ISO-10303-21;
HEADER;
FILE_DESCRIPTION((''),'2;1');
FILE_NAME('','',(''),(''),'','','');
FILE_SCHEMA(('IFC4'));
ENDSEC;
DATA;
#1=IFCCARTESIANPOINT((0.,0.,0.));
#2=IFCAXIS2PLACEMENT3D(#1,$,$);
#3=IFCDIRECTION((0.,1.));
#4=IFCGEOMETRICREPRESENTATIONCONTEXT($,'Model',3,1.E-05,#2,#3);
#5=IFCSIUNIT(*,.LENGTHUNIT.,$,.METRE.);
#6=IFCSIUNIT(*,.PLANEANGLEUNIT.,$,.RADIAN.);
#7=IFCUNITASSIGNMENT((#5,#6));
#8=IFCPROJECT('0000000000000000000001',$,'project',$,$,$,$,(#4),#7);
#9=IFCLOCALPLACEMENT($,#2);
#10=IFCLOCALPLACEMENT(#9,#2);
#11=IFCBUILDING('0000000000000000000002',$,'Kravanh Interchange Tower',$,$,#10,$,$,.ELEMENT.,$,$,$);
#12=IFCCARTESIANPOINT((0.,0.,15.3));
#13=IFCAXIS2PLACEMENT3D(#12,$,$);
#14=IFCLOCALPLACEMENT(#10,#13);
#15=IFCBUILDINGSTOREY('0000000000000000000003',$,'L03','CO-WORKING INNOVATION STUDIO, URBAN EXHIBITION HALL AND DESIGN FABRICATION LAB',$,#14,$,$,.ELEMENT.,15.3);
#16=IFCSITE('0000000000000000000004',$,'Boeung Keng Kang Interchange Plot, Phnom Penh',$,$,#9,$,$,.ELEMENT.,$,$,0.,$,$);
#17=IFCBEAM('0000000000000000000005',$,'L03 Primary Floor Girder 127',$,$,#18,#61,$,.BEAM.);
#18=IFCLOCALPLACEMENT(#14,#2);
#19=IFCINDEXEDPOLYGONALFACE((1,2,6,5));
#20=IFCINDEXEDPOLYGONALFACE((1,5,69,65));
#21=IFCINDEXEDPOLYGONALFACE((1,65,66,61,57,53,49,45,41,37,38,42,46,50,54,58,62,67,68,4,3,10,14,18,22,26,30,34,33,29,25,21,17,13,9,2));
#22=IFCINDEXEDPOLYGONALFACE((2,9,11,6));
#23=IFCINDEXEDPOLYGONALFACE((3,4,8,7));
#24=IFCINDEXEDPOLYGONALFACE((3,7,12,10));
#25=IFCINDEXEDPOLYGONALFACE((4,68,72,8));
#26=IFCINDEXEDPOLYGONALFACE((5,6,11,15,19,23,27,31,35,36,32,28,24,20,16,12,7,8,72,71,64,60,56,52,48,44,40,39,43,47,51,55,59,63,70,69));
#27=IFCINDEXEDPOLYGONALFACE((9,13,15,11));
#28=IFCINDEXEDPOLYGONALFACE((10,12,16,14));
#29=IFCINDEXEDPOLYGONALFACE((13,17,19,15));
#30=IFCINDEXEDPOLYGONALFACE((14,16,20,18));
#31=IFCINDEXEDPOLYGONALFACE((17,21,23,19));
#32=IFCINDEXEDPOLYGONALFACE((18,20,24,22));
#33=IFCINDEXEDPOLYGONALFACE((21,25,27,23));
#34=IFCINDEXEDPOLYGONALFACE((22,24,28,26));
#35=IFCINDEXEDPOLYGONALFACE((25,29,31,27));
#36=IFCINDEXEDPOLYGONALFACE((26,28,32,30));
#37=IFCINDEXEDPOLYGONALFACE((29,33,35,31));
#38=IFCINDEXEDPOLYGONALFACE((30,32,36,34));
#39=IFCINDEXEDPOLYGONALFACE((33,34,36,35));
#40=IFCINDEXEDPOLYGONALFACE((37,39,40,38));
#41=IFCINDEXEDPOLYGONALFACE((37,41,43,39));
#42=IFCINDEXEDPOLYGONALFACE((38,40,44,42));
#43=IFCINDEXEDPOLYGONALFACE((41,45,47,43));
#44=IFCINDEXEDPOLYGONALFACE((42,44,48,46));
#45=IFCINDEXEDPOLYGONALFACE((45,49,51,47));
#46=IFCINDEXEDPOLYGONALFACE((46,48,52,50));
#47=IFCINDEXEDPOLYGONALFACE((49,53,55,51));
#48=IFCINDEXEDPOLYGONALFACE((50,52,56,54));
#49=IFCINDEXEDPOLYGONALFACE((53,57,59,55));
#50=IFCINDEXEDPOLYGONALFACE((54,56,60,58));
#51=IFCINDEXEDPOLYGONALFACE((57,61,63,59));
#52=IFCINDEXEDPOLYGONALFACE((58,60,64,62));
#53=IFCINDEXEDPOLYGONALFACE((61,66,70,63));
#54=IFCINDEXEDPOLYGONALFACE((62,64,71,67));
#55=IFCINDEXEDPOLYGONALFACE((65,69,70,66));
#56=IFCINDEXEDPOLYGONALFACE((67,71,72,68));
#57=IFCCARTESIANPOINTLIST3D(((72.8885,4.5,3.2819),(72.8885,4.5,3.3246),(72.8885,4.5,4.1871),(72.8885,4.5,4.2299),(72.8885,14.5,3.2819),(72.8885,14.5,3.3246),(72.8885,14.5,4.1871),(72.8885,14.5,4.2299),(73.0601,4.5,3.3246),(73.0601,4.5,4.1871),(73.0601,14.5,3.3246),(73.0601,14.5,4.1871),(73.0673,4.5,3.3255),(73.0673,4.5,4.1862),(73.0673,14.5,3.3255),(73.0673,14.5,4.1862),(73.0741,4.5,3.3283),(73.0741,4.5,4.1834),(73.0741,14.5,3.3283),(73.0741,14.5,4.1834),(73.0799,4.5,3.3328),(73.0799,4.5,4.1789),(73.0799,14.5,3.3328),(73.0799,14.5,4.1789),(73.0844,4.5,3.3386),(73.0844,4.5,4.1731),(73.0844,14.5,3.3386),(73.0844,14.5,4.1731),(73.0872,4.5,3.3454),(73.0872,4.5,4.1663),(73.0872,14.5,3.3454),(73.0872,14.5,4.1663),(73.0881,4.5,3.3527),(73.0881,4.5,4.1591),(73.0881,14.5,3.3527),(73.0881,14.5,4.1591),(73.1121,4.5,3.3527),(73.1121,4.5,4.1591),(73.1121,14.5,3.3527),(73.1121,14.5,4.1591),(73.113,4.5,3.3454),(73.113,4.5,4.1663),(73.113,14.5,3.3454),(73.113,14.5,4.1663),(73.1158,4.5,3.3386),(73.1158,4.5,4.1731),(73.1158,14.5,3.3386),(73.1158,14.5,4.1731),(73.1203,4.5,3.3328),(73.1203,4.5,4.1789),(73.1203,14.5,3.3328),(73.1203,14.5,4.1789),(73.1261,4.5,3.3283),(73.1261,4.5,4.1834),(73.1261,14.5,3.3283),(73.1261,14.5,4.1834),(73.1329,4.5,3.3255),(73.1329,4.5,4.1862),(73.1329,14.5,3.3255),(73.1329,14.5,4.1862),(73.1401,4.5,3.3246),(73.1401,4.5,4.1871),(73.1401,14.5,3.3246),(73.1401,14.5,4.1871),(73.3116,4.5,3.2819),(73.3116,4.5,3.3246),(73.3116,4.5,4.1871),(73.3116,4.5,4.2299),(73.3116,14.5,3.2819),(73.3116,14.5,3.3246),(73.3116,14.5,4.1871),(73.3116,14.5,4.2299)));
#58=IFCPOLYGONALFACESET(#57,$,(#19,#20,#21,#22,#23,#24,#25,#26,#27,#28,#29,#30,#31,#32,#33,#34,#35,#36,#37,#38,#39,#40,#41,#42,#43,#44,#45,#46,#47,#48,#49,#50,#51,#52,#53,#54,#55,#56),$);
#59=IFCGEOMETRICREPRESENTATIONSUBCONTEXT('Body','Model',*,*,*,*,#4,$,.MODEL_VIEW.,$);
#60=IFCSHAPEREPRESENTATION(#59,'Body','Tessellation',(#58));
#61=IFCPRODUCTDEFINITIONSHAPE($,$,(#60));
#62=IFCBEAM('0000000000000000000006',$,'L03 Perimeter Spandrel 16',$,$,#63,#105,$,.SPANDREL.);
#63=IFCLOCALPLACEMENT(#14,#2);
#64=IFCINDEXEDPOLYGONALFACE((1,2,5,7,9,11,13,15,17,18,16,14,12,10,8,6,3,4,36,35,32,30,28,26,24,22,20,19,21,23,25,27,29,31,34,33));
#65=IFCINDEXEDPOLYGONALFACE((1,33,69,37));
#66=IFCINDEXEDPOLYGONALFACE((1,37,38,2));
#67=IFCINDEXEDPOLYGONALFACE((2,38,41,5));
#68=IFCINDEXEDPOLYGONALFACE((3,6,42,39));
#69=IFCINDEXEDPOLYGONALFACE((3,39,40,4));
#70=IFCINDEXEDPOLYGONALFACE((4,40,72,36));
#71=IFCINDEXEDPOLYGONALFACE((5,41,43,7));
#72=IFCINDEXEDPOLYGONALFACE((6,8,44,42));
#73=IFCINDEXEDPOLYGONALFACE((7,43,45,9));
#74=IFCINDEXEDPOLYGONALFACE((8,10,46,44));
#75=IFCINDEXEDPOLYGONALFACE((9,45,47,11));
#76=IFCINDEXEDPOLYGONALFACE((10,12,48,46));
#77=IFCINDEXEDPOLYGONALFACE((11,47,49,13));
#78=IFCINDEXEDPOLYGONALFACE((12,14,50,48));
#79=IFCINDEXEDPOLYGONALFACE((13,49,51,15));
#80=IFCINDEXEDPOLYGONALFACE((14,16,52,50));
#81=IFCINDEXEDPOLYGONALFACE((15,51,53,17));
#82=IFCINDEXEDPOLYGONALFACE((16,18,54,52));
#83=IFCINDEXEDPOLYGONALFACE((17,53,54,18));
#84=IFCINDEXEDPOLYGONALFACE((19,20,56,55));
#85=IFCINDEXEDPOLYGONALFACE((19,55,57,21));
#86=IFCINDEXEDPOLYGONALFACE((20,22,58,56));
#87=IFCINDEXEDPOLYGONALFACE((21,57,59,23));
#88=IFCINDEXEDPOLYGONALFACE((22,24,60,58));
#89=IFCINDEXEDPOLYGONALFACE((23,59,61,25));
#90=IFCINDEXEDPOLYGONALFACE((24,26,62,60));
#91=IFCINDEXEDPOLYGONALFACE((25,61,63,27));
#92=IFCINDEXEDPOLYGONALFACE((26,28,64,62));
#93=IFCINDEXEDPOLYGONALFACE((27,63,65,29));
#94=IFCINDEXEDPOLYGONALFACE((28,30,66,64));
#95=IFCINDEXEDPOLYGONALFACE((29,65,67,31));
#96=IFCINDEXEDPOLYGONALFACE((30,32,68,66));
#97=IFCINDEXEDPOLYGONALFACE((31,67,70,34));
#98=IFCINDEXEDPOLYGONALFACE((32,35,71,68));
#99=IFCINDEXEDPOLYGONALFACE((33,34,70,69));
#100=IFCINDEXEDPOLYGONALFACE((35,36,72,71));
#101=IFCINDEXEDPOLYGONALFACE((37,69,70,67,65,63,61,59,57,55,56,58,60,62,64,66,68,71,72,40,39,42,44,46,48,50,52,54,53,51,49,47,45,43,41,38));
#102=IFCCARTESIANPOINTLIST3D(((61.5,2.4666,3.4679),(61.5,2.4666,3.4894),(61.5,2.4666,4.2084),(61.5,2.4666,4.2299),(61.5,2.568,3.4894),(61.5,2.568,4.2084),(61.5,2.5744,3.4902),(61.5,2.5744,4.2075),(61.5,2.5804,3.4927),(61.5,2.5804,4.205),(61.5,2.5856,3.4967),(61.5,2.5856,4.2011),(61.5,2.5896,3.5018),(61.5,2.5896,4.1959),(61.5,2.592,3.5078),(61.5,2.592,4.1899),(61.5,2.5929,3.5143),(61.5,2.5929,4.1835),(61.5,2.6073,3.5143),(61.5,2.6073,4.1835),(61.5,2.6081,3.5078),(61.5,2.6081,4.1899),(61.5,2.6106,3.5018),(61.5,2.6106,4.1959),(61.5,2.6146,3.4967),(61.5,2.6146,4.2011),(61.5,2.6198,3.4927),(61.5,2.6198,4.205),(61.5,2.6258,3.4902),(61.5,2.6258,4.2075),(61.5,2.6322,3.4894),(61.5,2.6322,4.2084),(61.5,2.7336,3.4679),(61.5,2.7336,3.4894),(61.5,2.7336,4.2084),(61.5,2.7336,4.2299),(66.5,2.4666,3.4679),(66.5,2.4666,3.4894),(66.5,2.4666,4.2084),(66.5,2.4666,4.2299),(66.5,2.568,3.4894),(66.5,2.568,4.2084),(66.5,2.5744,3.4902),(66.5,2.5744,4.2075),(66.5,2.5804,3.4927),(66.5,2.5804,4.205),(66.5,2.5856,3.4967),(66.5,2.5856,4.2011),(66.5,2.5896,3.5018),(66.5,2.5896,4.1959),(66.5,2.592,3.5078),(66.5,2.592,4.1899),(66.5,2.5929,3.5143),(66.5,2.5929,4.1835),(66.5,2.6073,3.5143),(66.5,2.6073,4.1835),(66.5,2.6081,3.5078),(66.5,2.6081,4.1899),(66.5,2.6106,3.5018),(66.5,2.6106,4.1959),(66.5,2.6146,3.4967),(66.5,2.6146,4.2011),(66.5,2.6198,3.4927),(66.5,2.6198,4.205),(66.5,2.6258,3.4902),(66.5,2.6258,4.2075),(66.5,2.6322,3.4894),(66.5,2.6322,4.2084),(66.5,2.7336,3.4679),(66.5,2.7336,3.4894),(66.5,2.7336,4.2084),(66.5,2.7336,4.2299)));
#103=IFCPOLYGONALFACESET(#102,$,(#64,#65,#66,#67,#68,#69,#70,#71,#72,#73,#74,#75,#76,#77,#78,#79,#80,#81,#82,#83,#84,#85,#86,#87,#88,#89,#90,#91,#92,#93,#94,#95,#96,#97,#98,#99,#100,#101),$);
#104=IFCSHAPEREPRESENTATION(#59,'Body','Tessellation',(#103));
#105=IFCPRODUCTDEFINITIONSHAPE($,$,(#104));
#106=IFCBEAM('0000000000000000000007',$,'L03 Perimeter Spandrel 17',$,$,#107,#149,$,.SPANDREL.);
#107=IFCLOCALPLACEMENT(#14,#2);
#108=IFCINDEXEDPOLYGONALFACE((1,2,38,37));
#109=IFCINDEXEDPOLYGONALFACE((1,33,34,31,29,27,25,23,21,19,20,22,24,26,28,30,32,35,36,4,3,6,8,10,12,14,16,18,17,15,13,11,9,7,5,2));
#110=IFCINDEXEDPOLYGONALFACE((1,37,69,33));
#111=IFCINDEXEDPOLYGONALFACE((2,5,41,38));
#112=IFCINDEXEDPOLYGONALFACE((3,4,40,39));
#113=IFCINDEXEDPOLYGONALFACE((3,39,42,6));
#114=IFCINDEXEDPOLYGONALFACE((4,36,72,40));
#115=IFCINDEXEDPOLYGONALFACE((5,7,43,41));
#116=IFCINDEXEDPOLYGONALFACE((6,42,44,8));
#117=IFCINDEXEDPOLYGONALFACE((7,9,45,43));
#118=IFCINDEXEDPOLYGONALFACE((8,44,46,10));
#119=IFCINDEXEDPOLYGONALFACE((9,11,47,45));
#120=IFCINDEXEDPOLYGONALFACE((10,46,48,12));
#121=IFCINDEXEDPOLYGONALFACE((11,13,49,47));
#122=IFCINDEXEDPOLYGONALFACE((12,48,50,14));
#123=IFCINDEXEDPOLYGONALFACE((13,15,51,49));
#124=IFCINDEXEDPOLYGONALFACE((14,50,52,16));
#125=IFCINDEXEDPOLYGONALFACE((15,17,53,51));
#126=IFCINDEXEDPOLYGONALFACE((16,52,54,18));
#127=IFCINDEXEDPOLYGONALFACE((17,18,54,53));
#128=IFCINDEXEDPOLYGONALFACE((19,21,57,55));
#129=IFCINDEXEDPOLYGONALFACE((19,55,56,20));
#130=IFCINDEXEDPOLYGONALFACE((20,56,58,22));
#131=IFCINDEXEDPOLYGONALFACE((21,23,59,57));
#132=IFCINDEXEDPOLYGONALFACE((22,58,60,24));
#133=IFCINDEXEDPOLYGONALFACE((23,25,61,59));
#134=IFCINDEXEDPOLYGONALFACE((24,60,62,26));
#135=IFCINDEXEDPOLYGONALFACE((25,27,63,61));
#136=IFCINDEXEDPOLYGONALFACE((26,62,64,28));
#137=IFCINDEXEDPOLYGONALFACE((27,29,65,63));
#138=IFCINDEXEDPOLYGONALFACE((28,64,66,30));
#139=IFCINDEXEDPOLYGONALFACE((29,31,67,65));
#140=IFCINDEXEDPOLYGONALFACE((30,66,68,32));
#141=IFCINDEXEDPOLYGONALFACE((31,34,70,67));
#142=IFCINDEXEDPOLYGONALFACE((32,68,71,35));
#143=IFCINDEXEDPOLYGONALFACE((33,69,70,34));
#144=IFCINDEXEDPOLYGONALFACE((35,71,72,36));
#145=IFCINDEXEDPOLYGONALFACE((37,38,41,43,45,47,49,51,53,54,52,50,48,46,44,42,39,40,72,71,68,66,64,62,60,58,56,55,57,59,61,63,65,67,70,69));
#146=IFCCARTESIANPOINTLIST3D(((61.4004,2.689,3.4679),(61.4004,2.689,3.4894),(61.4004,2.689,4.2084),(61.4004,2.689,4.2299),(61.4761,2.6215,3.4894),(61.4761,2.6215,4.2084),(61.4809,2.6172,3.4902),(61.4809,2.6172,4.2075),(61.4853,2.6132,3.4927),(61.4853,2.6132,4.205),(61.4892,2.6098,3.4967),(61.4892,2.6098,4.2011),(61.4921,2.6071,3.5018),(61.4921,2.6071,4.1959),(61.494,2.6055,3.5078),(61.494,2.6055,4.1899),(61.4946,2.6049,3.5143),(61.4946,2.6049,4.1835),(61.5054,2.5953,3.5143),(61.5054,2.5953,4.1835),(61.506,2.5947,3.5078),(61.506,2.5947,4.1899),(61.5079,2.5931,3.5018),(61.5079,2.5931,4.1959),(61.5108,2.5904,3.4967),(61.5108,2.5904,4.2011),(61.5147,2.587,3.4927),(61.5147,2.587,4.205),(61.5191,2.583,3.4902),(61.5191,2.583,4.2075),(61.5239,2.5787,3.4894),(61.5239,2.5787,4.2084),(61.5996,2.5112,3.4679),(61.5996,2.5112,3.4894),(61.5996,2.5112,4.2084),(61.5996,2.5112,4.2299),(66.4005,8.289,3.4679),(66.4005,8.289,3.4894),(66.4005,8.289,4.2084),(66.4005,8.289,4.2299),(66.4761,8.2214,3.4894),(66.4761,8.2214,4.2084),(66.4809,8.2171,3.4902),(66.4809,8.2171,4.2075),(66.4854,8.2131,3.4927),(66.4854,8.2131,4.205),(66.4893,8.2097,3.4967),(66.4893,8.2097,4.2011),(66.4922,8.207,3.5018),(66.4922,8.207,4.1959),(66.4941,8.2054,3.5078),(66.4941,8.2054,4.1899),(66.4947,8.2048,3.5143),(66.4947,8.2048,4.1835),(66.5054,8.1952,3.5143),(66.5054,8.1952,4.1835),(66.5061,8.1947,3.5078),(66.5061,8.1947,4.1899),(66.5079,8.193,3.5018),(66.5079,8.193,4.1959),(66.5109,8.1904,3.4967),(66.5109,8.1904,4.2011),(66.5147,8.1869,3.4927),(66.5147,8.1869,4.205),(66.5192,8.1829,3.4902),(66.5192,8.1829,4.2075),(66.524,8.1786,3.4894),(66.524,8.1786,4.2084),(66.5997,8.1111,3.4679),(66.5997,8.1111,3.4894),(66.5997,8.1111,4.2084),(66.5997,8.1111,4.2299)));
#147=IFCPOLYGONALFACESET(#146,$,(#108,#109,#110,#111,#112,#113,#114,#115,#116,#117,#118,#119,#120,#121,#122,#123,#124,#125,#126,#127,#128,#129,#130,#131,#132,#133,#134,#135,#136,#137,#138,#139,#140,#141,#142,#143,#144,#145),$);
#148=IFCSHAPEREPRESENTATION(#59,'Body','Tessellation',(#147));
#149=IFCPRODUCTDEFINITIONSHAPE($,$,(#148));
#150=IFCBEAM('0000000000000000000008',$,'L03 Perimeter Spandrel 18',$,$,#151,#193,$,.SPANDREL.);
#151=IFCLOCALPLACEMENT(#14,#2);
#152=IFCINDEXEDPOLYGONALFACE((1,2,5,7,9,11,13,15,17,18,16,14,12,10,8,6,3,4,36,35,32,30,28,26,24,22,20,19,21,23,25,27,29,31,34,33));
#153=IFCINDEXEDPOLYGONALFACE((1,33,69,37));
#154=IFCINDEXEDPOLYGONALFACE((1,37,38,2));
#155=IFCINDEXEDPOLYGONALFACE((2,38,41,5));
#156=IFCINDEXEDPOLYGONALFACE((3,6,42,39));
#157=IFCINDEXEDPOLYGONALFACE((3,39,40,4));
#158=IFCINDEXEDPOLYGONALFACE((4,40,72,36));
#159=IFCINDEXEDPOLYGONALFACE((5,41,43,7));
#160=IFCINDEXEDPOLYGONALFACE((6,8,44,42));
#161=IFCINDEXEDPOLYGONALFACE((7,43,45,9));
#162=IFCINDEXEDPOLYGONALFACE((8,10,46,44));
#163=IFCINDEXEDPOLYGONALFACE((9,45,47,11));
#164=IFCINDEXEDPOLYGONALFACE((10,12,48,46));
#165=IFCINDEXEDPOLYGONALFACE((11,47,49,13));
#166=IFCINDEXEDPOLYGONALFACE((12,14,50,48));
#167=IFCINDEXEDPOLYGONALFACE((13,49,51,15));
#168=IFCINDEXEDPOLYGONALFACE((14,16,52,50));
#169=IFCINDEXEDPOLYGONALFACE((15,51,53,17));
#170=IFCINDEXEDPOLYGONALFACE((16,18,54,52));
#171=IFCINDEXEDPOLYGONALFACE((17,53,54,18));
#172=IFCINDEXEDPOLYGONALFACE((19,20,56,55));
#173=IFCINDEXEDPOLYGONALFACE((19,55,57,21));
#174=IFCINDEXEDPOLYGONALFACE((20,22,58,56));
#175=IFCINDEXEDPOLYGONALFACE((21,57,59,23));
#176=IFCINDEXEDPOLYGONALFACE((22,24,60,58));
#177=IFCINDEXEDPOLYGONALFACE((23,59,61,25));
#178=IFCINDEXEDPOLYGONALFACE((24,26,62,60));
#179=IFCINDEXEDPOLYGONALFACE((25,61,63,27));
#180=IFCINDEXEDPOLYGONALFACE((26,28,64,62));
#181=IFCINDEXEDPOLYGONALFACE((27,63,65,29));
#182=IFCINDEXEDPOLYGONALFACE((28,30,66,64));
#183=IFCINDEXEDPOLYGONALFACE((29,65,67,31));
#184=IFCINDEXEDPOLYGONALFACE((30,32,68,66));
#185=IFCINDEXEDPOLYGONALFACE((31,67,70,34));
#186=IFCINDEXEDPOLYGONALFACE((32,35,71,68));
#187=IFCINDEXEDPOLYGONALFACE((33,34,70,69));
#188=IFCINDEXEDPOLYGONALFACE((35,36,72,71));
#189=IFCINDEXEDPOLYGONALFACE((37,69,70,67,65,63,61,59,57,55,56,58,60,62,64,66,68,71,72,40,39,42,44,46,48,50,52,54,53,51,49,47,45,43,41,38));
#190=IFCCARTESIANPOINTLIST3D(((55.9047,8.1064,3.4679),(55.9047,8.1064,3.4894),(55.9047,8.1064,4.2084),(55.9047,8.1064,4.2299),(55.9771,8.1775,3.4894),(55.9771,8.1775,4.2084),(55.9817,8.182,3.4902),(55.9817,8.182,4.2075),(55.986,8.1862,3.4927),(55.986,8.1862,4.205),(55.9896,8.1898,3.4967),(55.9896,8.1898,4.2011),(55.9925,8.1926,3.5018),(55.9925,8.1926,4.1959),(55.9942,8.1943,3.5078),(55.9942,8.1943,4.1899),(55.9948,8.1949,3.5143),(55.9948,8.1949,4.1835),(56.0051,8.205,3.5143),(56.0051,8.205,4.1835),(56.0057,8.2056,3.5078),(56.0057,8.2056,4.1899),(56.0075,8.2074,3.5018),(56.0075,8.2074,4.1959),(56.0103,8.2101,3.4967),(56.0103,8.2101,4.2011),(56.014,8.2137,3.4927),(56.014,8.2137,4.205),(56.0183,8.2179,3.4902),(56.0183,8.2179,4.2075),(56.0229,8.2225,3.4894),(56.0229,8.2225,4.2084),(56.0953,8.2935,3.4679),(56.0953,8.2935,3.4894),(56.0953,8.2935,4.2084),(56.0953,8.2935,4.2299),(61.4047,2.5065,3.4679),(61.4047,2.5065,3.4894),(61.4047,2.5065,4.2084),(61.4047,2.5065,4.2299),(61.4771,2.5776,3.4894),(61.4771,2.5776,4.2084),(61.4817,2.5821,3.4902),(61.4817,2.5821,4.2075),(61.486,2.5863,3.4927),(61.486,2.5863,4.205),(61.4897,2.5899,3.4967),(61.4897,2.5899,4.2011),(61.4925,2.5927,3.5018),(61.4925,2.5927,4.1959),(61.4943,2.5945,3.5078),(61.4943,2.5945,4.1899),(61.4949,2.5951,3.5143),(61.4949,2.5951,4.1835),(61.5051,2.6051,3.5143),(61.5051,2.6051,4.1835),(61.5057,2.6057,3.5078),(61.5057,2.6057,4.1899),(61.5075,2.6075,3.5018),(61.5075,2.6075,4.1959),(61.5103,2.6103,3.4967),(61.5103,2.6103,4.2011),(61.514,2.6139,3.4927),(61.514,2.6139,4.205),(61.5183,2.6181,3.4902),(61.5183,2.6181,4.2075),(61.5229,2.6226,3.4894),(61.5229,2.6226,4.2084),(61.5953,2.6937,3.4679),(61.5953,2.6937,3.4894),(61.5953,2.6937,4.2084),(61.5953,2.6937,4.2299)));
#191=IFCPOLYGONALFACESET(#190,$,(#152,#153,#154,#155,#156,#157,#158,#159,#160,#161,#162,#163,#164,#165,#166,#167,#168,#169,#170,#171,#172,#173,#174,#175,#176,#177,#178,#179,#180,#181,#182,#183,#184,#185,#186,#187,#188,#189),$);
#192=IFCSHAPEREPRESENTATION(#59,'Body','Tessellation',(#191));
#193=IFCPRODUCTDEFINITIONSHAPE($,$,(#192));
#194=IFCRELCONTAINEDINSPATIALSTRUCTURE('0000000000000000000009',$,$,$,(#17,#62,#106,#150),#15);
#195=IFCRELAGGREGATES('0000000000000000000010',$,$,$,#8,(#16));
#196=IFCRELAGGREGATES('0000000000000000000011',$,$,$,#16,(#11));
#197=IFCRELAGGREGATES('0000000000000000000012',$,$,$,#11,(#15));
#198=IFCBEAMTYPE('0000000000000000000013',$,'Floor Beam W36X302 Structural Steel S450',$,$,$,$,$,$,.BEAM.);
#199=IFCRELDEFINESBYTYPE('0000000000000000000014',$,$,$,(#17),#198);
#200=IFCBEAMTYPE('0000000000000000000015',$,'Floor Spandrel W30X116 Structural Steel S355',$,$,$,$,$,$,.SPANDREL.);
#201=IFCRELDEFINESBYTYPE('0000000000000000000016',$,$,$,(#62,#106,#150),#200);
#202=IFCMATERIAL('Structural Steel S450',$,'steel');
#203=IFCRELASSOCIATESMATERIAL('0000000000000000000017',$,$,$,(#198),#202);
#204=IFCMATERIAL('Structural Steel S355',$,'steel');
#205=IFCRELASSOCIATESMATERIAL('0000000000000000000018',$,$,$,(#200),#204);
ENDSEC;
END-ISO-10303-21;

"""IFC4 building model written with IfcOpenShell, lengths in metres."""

from ifc_helpers import new_model, si_unit, direction, frame, origin, origin_2d, place, context, subcontext, project, spatial, i_section, extrude, material, material_profile, profile_set, type_object, element, save


model = new_model("IFC4")

# Units and contexts
model_context = context("Model", 3, precision=1e-05, world=origin(), true_north=direction((0.0, 1.0)))
body_context = subcontext(model_context, "Body", "Model", "MODEL_VIEW")
ifc_project = project(units=[si_unit("LENGTHUNIT", "METRE"), si_unit("PLANEANGLEUNIT", "RADIAN")], contexts=[model_context])

# Site, building, storey
site_placement = place(None, origin())
site = spatial("IfcSite", under=ifc_project, at=site_placement, Name="Boeung Keng Kang Interchange Plot, Phnom Penh", CompositionType="ELEMENT", RefElevation=0.0)
building_placement = place(site_placement, origin())
building = spatial("IfcBuilding", under=site, at=building_placement, Name="Kravanh Interchange Tower", CompositionType="ELEMENT")
storey_placement = place(building_placement, frame((0.0, 0.0, 15.3)))
storey = spatial("IfcBuildingStorey", under=building, at=storey_placement, Name="L03", Description="CO-WORKING INNOVATION STUDIO, URBAN EXHIBITION HALL AND DESIGN FABRICATION LAB", CompositionType="ELEMENT", Elevation=15.3)

# Beams
ifc_material_1 = material(Name="Structural Steel S450", Category="steel")
ifc_material_profile_1 = material_profile(ifc_material_1, i_section(OverallWidth=0.4231, OverallDepth=0.948, WebThickness=0.0239, FlangeThickness=0.0427, FilletRadius=0.0281, at=origin_2d()), Name="W36X302")
ifc_profile_set_1 = profile_set([ifc_material_profile_1], Name="Structural Steel S450")
beam_type_1 = type_object("IfcBeamType", Name="Floor Beam W36X302 Structural Steel S450", PredefinedType="BEAM", material=ifc_profile_set_1)
beam_1_placement = place(storey_placement, frame((73.1001, 4.5, 3.7559), z_axis=(0.0, 1.0, 0.0), x_axis=(-1.0, 0.0, 0.0)))
element("IfcBeam", 1, at=beam_1_placement, inside=storey, type_object=beam_type_1, Name="L03 Primary Floor Girder 127", PredefinedType="BEAM", context=body_context, shape_type="SweptSolid", body=[
    extrude(i_section(OverallWidth=0.4231, OverallDepth=0.948, WebThickness=0.0239, FlangeThickness=0.0427, FilletRadius=0.0281, at=origin_2d()), origin(), (0.0, 0.0, 1.0), 10.0),
])
ifc_material_2 = material(Name="Structural Steel S355", Category="steel")
ifc_material_profile_2 = material_profile(ifc_material_2, i_section(OverallWidth=0.2671, OverallDepth=0.762, WebThickness=0.0144, FlangeThickness=0.0215, FilletRadius=0.0249, at=origin_2d()), Name="W30X116")
ifc_profile_set_2 = profile_set([ifc_material_profile_2], Name="Structural Steel S355")
beam_type_2 = type_object("IfcBeamType", Name="Floor Spandrel W30X116 Structural Steel S355", PredefinedType="SPANDREL", material=ifc_profile_set_2)
beam_2_placement = place(storey_placement, frame((61.5, 2.6001, 3.8489), z_axis=(1.0, 0.0, 0.0), x_axis=(0.0, 1.0, 0.0)))
element("IfcBeam", 2, at=beam_2_placement, inside=storey, type_object=beam_type_2, Name="L03 Perimeter Spandrel 16", PredefinedType="SPANDREL", context=body_context, shape_type="SweptSolid", body=[
    extrude(i_section(OverallWidth=0.2671, OverallDepth=0.762, WebThickness=0.0144, FlangeThickness=0.0215, FilletRadius=0.0249, at=origin_2d()), origin(), (0.0, 0.0, 1.0), 5.0),
])
beam_3_placement = place(storey_placement, frame((61.5, 2.6001, 3.8489), z_axis=(0.666025, 0.745929, 0.0), x_axis=(-0.745929, 0.666025, 0.0)))
element("IfcBeam", 3, at=beam_3_placement, inside=storey, type_object=beam_type_2, Name="L03 Perimeter Spandrel 17", PredefinedType="SPANDREL", context=body_context, shape_type="SweptSolid", body=[
    extrude(i_section(OverallWidth=0.2671, OverallDepth=0.762, WebThickness=0.0144, FlangeThickness=0.0215, FilletRadius=0.0249, at=origin_2d()), origin(), (0.0, 0.0, 1.0), 7.5073),
])
beam_4_placement = place(storey_placement, frame((61.5, 2.6001, 3.8489), z_axis=(-0.700717, 0.713439, 0.0), x_axis=(-0.713439, -0.700717, 0.0)))
element("IfcBeam", 4, at=beam_4_placement, inside=storey, type_object=beam_type_2, Name="L03 Perimeter Spandrel 18", PredefinedType="SPANDREL", context=body_context, shape_type="SweptSolid", body=[
    extrude(i_section(OverallWidth=0.2671, OverallDepth=0.762, WebThickness=0.0144, FlangeThickness=0.0215, FilletRadius=0.0249, at=origin_2d()), origin(), (0.0, 0.0, 1.0), 7.8491),
])

save(model, "model.ifc")
